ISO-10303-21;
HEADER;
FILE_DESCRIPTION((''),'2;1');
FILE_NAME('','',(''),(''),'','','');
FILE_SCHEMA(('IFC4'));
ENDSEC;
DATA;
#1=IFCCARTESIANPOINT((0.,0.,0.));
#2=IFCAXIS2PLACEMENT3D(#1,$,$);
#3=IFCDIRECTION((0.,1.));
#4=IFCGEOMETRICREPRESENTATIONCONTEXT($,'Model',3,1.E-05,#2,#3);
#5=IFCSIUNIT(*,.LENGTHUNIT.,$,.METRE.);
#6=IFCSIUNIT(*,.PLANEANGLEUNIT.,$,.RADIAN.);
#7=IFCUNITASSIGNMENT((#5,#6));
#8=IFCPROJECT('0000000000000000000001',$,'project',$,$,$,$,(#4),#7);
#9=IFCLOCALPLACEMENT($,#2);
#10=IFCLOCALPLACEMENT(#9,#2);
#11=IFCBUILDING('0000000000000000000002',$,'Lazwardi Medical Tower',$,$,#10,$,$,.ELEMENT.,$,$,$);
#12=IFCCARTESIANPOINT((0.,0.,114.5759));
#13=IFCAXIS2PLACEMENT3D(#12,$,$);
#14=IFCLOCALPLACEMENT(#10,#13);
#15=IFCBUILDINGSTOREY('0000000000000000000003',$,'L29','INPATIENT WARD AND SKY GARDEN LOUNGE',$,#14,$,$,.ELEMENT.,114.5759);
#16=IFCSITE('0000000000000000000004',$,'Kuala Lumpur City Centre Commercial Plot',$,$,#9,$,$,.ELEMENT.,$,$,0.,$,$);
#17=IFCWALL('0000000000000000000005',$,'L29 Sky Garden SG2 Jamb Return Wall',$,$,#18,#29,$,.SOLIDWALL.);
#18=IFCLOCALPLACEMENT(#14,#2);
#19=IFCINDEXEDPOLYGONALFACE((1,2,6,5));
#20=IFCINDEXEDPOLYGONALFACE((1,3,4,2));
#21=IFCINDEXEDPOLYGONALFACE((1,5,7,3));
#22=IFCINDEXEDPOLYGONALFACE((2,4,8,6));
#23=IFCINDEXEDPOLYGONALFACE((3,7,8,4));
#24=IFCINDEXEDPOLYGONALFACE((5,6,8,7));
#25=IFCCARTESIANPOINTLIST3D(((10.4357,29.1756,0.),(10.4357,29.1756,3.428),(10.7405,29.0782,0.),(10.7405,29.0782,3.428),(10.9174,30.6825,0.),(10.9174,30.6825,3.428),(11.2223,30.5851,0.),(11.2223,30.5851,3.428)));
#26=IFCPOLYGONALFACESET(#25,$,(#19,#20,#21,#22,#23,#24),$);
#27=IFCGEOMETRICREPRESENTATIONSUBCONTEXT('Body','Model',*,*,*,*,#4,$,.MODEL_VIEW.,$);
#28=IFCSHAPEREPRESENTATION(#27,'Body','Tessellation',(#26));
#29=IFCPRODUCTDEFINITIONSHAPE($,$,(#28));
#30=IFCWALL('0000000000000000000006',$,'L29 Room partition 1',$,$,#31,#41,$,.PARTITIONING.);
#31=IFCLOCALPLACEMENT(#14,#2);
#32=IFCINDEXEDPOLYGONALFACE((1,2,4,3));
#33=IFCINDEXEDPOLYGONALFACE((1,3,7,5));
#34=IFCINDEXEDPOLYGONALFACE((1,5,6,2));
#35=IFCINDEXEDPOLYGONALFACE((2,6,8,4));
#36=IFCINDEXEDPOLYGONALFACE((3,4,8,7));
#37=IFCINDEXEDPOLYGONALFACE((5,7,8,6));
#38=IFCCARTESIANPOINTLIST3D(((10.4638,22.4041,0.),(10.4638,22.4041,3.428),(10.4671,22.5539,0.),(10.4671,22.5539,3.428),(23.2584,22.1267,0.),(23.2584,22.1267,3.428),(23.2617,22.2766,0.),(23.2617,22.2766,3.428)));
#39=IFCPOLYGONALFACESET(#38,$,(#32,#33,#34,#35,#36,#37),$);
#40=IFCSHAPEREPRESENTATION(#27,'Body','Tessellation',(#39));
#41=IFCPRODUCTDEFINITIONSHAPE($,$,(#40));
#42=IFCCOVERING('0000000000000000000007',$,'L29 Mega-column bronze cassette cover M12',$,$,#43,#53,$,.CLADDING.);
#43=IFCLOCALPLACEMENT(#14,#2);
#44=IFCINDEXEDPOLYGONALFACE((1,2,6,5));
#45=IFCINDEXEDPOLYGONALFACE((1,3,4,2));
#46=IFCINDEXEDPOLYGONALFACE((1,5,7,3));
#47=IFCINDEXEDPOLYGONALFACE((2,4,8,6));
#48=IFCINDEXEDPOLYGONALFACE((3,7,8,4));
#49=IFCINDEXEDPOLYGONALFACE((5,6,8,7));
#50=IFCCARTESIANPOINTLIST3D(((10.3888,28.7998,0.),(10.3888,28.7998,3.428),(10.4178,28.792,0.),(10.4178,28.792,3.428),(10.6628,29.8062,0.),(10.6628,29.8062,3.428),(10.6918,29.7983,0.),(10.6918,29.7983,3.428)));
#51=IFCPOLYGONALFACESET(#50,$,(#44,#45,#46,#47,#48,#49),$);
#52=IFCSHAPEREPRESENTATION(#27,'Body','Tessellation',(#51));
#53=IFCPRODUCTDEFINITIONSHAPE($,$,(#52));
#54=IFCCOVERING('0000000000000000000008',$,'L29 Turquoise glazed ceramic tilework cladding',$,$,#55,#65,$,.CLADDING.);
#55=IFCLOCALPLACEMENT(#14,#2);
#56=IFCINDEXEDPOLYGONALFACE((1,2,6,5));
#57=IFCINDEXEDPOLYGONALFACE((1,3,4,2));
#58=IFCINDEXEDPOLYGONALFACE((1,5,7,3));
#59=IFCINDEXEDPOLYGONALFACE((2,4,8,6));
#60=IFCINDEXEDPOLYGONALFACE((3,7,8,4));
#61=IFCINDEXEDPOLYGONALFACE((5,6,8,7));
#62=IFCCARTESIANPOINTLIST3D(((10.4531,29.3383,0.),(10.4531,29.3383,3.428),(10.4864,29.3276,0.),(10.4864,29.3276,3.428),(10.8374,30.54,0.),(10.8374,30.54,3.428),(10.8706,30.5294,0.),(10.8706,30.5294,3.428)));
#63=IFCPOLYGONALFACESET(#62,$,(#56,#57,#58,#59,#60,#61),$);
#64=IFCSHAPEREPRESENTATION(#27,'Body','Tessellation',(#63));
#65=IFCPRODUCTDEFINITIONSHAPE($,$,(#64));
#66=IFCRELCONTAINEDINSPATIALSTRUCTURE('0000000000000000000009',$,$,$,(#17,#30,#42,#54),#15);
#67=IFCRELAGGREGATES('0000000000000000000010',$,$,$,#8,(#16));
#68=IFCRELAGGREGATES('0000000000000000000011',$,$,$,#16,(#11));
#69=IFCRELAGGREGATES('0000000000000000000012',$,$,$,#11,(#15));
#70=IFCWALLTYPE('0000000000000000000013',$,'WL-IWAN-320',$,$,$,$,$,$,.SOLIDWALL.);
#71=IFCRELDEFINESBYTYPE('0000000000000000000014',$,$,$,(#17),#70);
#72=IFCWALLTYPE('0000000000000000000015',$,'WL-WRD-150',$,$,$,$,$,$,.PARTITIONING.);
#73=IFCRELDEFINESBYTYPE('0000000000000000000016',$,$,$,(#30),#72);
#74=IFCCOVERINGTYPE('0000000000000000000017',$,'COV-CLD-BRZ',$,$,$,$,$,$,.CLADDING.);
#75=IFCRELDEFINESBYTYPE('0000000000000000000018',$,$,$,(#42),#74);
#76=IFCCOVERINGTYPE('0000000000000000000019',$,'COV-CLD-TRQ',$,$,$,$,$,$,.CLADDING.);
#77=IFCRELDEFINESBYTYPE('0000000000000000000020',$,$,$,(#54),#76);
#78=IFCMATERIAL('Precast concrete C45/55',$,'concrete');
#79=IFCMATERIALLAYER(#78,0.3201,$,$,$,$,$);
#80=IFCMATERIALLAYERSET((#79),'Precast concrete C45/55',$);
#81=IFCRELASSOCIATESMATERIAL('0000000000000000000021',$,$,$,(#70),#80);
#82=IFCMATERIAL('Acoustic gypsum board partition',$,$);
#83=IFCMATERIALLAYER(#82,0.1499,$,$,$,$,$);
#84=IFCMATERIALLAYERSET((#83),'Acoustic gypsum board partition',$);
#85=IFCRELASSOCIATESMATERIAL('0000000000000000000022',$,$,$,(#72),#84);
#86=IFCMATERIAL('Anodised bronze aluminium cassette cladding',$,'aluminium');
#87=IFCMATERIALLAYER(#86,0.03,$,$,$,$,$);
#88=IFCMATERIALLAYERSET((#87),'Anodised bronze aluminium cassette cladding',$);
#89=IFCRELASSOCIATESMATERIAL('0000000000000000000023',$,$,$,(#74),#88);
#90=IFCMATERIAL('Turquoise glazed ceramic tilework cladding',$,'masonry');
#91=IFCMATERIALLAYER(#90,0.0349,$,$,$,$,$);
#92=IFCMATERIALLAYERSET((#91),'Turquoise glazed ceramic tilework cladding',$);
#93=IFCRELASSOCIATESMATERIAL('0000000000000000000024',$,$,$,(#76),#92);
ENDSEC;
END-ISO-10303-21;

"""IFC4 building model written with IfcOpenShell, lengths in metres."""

from ifc_helpers import new_model, si_unit, direction, frame, frame_2d, origin, origin_2d, place, context, subcontext, project, spatial, rectangle, extrude, material, layer, layer_set, type_object, element, save


model = new_model("IFC4")

# Units and contexts
model_context = context("Model", 3, precision=1e-05, world=origin(), true_north=direction((0.0, 1.0)))
body_context = subcontext(model_context, "Body", "Model", "MODEL_VIEW")
ifc_project = project(units=[si_unit("LENGTHUNIT", "METRE"), si_unit("PLANEANGLEUNIT", "RADIAN")], contexts=[model_context])

# Site, building, storey
site_placement = place(None, origin())
site = spatial("IfcSite", under=ifc_project, at=site_placement, Name="Kuala Lumpur City Centre Commercial Plot", CompositionType="ELEMENT", RefElevation=0.0)
building_placement = place(site_placement, origin())
building = spatial("IfcBuilding", under=site, at=building_placement, Name="Lazwardi Medical Tower", CompositionType="ELEMENT")
storey_placement = place(building_placement, frame((0.0, 0.0, 114.5759)))
storey = spatial("IfcBuildingStorey", under=building, at=storey_placement, Name="L29", Description="INPATIENT WARD AND SKY GARDEN LOUNGE", CompositionType="ELEMENT", Elevation=114.5759)

# Walls
ifc_material_1 = material(Name="Precast concrete C45/55", Category="concrete")
ifc_layer_1 = layer(ifc_material_1, 0.3201)
ifc_layer_set_1 = layer_set([ifc_layer_1], Name="Precast concrete C45/55")
wall_type_1 = type_object("IfcWallType", Name="WL-IWAN-320", PredefinedType="SOLIDWALL", material=ifc_layer_set_1)
wall_1_placement = place(storey_placement, frame((11.0698, 30.6338, 0.0), z_axis=(0.0, 0.0, 1.0), x_axis=(-0.30449, -0.952515, 0.0)))
element("IfcWall", 1, at=wall_1_placement, inside=storey, type_object=wall_type_1, Name="L29 Sky Garden SG2 Jamb Return Wall", PredefinedType="SOLIDWALL", context=body_context, shape_type="SweptSolid", body=[
    extrude(rectangle(XDim=1.582, YDim=0.3201, at=frame_2d((0.791, 0.0))), origin(), (0.0, 0.0, 1.0), 3.428),
])
ifc_material_2 = material(Name="Acoustic gypsum board partition")
ifc_layer_2 = layer(ifc_material_2, 0.1499)
ifc_layer_set_2 = layer_set([ifc_layer_2], Name="Acoustic gypsum board partition")
wall_type_2 = type_object("IfcWallType", Name="WL-WRD-150", PredefinedType="PARTITIONING", material=ifc_layer_set_2)
wall_2_placement = place(storey_placement, frame((10.4653, 22.479, 0.0), z_axis=(0.0, 0.0, 1.0), x_axis=(0.999765, -0.021671, 0.0)))
element("IfcWall", 2, at=wall_2_placement, inside=storey, type_object=wall_type_2, Name="L29 Room partition 1", PredefinedType="PARTITIONING", context=body_context, shape_type="SweptSolid", body=[
    extrude(rectangle(XDim=12.7976, YDim=0.1499, at=frame_2d((6.3989, 0.0))), origin(), (0.0, 0.0, 1.0), 3.428),
])

# Coverings
ifc_material_3 = material(Name="Anodised bronze aluminium cassette cladding", Category="aluminium")
ifc_layer_3 = layer(ifc_material_3, 0.03)
ifc_layer_set_3 = layer_set([ifc_layer_3], Name="Anodised bronze aluminium cassette cladding")
covering_type_1 = type_object("IfcCoveringType", Name="COV-CLD-BRZ", PredefinedType="CLADDING", material=ifc_layer_set_3)
covering_1_placement = place(storey_placement, frame((10.5403, 29.2991, 0.0), z_axis=(0.0, 0.0, 1.0), x_axis=(-0.262696, -0.964879, 0.0)))
element("IfcCovering", 3, at=covering_1_placement, inside=storey, type_object=covering_type_1, Name="L29 Mega-column bronze cassette cover M12", PredefinedType="CLADDING", context=body_context, shape_type="SweptSolid", body=[
    extrude(rectangle(XDim=1.043, YDim=0.03, at=origin_2d()), origin(), (0.0, 0.0, 1.0), 3.428),
])
ifc_material_4 = material(Name="Turquoise glazed ceramic tilework cladding", Category="masonry")
ifc_layer_4 = layer(ifc_material_4, 0.0349)
ifc_layer_set_4 = layer_set([ifc_layer_4], Name="Turquoise glazed ceramic tilework cladding")
covering_type_2 = type_object("IfcCoveringType", Name="COV-CLD-TRQ", PredefinedType="CLADDING", material=ifc_layer_set_4)
covering_2_placement = place(storey_placement, frame((10.6619, 29.9338, 0.0), z_axis=(0.0, 0.0, 1.0), x_axis=(-0.304555, -0.952495, 0.0)))
element("IfcCovering", 4, at=covering_2_placement, inside=storey, type_object=covering_type_2, Name="L29 Turquoise glazed ceramic tilework cladding", PredefinedType="CLADDING", context=body_context, shape_type="SweptSolid", body=[
    extrude(rectangle(XDim=1.2617, YDim=0.0349, at=origin_2d()), origin(), (0.0, 0.0, 1.0), 3.428),
])

save(model, "model.ifc")
